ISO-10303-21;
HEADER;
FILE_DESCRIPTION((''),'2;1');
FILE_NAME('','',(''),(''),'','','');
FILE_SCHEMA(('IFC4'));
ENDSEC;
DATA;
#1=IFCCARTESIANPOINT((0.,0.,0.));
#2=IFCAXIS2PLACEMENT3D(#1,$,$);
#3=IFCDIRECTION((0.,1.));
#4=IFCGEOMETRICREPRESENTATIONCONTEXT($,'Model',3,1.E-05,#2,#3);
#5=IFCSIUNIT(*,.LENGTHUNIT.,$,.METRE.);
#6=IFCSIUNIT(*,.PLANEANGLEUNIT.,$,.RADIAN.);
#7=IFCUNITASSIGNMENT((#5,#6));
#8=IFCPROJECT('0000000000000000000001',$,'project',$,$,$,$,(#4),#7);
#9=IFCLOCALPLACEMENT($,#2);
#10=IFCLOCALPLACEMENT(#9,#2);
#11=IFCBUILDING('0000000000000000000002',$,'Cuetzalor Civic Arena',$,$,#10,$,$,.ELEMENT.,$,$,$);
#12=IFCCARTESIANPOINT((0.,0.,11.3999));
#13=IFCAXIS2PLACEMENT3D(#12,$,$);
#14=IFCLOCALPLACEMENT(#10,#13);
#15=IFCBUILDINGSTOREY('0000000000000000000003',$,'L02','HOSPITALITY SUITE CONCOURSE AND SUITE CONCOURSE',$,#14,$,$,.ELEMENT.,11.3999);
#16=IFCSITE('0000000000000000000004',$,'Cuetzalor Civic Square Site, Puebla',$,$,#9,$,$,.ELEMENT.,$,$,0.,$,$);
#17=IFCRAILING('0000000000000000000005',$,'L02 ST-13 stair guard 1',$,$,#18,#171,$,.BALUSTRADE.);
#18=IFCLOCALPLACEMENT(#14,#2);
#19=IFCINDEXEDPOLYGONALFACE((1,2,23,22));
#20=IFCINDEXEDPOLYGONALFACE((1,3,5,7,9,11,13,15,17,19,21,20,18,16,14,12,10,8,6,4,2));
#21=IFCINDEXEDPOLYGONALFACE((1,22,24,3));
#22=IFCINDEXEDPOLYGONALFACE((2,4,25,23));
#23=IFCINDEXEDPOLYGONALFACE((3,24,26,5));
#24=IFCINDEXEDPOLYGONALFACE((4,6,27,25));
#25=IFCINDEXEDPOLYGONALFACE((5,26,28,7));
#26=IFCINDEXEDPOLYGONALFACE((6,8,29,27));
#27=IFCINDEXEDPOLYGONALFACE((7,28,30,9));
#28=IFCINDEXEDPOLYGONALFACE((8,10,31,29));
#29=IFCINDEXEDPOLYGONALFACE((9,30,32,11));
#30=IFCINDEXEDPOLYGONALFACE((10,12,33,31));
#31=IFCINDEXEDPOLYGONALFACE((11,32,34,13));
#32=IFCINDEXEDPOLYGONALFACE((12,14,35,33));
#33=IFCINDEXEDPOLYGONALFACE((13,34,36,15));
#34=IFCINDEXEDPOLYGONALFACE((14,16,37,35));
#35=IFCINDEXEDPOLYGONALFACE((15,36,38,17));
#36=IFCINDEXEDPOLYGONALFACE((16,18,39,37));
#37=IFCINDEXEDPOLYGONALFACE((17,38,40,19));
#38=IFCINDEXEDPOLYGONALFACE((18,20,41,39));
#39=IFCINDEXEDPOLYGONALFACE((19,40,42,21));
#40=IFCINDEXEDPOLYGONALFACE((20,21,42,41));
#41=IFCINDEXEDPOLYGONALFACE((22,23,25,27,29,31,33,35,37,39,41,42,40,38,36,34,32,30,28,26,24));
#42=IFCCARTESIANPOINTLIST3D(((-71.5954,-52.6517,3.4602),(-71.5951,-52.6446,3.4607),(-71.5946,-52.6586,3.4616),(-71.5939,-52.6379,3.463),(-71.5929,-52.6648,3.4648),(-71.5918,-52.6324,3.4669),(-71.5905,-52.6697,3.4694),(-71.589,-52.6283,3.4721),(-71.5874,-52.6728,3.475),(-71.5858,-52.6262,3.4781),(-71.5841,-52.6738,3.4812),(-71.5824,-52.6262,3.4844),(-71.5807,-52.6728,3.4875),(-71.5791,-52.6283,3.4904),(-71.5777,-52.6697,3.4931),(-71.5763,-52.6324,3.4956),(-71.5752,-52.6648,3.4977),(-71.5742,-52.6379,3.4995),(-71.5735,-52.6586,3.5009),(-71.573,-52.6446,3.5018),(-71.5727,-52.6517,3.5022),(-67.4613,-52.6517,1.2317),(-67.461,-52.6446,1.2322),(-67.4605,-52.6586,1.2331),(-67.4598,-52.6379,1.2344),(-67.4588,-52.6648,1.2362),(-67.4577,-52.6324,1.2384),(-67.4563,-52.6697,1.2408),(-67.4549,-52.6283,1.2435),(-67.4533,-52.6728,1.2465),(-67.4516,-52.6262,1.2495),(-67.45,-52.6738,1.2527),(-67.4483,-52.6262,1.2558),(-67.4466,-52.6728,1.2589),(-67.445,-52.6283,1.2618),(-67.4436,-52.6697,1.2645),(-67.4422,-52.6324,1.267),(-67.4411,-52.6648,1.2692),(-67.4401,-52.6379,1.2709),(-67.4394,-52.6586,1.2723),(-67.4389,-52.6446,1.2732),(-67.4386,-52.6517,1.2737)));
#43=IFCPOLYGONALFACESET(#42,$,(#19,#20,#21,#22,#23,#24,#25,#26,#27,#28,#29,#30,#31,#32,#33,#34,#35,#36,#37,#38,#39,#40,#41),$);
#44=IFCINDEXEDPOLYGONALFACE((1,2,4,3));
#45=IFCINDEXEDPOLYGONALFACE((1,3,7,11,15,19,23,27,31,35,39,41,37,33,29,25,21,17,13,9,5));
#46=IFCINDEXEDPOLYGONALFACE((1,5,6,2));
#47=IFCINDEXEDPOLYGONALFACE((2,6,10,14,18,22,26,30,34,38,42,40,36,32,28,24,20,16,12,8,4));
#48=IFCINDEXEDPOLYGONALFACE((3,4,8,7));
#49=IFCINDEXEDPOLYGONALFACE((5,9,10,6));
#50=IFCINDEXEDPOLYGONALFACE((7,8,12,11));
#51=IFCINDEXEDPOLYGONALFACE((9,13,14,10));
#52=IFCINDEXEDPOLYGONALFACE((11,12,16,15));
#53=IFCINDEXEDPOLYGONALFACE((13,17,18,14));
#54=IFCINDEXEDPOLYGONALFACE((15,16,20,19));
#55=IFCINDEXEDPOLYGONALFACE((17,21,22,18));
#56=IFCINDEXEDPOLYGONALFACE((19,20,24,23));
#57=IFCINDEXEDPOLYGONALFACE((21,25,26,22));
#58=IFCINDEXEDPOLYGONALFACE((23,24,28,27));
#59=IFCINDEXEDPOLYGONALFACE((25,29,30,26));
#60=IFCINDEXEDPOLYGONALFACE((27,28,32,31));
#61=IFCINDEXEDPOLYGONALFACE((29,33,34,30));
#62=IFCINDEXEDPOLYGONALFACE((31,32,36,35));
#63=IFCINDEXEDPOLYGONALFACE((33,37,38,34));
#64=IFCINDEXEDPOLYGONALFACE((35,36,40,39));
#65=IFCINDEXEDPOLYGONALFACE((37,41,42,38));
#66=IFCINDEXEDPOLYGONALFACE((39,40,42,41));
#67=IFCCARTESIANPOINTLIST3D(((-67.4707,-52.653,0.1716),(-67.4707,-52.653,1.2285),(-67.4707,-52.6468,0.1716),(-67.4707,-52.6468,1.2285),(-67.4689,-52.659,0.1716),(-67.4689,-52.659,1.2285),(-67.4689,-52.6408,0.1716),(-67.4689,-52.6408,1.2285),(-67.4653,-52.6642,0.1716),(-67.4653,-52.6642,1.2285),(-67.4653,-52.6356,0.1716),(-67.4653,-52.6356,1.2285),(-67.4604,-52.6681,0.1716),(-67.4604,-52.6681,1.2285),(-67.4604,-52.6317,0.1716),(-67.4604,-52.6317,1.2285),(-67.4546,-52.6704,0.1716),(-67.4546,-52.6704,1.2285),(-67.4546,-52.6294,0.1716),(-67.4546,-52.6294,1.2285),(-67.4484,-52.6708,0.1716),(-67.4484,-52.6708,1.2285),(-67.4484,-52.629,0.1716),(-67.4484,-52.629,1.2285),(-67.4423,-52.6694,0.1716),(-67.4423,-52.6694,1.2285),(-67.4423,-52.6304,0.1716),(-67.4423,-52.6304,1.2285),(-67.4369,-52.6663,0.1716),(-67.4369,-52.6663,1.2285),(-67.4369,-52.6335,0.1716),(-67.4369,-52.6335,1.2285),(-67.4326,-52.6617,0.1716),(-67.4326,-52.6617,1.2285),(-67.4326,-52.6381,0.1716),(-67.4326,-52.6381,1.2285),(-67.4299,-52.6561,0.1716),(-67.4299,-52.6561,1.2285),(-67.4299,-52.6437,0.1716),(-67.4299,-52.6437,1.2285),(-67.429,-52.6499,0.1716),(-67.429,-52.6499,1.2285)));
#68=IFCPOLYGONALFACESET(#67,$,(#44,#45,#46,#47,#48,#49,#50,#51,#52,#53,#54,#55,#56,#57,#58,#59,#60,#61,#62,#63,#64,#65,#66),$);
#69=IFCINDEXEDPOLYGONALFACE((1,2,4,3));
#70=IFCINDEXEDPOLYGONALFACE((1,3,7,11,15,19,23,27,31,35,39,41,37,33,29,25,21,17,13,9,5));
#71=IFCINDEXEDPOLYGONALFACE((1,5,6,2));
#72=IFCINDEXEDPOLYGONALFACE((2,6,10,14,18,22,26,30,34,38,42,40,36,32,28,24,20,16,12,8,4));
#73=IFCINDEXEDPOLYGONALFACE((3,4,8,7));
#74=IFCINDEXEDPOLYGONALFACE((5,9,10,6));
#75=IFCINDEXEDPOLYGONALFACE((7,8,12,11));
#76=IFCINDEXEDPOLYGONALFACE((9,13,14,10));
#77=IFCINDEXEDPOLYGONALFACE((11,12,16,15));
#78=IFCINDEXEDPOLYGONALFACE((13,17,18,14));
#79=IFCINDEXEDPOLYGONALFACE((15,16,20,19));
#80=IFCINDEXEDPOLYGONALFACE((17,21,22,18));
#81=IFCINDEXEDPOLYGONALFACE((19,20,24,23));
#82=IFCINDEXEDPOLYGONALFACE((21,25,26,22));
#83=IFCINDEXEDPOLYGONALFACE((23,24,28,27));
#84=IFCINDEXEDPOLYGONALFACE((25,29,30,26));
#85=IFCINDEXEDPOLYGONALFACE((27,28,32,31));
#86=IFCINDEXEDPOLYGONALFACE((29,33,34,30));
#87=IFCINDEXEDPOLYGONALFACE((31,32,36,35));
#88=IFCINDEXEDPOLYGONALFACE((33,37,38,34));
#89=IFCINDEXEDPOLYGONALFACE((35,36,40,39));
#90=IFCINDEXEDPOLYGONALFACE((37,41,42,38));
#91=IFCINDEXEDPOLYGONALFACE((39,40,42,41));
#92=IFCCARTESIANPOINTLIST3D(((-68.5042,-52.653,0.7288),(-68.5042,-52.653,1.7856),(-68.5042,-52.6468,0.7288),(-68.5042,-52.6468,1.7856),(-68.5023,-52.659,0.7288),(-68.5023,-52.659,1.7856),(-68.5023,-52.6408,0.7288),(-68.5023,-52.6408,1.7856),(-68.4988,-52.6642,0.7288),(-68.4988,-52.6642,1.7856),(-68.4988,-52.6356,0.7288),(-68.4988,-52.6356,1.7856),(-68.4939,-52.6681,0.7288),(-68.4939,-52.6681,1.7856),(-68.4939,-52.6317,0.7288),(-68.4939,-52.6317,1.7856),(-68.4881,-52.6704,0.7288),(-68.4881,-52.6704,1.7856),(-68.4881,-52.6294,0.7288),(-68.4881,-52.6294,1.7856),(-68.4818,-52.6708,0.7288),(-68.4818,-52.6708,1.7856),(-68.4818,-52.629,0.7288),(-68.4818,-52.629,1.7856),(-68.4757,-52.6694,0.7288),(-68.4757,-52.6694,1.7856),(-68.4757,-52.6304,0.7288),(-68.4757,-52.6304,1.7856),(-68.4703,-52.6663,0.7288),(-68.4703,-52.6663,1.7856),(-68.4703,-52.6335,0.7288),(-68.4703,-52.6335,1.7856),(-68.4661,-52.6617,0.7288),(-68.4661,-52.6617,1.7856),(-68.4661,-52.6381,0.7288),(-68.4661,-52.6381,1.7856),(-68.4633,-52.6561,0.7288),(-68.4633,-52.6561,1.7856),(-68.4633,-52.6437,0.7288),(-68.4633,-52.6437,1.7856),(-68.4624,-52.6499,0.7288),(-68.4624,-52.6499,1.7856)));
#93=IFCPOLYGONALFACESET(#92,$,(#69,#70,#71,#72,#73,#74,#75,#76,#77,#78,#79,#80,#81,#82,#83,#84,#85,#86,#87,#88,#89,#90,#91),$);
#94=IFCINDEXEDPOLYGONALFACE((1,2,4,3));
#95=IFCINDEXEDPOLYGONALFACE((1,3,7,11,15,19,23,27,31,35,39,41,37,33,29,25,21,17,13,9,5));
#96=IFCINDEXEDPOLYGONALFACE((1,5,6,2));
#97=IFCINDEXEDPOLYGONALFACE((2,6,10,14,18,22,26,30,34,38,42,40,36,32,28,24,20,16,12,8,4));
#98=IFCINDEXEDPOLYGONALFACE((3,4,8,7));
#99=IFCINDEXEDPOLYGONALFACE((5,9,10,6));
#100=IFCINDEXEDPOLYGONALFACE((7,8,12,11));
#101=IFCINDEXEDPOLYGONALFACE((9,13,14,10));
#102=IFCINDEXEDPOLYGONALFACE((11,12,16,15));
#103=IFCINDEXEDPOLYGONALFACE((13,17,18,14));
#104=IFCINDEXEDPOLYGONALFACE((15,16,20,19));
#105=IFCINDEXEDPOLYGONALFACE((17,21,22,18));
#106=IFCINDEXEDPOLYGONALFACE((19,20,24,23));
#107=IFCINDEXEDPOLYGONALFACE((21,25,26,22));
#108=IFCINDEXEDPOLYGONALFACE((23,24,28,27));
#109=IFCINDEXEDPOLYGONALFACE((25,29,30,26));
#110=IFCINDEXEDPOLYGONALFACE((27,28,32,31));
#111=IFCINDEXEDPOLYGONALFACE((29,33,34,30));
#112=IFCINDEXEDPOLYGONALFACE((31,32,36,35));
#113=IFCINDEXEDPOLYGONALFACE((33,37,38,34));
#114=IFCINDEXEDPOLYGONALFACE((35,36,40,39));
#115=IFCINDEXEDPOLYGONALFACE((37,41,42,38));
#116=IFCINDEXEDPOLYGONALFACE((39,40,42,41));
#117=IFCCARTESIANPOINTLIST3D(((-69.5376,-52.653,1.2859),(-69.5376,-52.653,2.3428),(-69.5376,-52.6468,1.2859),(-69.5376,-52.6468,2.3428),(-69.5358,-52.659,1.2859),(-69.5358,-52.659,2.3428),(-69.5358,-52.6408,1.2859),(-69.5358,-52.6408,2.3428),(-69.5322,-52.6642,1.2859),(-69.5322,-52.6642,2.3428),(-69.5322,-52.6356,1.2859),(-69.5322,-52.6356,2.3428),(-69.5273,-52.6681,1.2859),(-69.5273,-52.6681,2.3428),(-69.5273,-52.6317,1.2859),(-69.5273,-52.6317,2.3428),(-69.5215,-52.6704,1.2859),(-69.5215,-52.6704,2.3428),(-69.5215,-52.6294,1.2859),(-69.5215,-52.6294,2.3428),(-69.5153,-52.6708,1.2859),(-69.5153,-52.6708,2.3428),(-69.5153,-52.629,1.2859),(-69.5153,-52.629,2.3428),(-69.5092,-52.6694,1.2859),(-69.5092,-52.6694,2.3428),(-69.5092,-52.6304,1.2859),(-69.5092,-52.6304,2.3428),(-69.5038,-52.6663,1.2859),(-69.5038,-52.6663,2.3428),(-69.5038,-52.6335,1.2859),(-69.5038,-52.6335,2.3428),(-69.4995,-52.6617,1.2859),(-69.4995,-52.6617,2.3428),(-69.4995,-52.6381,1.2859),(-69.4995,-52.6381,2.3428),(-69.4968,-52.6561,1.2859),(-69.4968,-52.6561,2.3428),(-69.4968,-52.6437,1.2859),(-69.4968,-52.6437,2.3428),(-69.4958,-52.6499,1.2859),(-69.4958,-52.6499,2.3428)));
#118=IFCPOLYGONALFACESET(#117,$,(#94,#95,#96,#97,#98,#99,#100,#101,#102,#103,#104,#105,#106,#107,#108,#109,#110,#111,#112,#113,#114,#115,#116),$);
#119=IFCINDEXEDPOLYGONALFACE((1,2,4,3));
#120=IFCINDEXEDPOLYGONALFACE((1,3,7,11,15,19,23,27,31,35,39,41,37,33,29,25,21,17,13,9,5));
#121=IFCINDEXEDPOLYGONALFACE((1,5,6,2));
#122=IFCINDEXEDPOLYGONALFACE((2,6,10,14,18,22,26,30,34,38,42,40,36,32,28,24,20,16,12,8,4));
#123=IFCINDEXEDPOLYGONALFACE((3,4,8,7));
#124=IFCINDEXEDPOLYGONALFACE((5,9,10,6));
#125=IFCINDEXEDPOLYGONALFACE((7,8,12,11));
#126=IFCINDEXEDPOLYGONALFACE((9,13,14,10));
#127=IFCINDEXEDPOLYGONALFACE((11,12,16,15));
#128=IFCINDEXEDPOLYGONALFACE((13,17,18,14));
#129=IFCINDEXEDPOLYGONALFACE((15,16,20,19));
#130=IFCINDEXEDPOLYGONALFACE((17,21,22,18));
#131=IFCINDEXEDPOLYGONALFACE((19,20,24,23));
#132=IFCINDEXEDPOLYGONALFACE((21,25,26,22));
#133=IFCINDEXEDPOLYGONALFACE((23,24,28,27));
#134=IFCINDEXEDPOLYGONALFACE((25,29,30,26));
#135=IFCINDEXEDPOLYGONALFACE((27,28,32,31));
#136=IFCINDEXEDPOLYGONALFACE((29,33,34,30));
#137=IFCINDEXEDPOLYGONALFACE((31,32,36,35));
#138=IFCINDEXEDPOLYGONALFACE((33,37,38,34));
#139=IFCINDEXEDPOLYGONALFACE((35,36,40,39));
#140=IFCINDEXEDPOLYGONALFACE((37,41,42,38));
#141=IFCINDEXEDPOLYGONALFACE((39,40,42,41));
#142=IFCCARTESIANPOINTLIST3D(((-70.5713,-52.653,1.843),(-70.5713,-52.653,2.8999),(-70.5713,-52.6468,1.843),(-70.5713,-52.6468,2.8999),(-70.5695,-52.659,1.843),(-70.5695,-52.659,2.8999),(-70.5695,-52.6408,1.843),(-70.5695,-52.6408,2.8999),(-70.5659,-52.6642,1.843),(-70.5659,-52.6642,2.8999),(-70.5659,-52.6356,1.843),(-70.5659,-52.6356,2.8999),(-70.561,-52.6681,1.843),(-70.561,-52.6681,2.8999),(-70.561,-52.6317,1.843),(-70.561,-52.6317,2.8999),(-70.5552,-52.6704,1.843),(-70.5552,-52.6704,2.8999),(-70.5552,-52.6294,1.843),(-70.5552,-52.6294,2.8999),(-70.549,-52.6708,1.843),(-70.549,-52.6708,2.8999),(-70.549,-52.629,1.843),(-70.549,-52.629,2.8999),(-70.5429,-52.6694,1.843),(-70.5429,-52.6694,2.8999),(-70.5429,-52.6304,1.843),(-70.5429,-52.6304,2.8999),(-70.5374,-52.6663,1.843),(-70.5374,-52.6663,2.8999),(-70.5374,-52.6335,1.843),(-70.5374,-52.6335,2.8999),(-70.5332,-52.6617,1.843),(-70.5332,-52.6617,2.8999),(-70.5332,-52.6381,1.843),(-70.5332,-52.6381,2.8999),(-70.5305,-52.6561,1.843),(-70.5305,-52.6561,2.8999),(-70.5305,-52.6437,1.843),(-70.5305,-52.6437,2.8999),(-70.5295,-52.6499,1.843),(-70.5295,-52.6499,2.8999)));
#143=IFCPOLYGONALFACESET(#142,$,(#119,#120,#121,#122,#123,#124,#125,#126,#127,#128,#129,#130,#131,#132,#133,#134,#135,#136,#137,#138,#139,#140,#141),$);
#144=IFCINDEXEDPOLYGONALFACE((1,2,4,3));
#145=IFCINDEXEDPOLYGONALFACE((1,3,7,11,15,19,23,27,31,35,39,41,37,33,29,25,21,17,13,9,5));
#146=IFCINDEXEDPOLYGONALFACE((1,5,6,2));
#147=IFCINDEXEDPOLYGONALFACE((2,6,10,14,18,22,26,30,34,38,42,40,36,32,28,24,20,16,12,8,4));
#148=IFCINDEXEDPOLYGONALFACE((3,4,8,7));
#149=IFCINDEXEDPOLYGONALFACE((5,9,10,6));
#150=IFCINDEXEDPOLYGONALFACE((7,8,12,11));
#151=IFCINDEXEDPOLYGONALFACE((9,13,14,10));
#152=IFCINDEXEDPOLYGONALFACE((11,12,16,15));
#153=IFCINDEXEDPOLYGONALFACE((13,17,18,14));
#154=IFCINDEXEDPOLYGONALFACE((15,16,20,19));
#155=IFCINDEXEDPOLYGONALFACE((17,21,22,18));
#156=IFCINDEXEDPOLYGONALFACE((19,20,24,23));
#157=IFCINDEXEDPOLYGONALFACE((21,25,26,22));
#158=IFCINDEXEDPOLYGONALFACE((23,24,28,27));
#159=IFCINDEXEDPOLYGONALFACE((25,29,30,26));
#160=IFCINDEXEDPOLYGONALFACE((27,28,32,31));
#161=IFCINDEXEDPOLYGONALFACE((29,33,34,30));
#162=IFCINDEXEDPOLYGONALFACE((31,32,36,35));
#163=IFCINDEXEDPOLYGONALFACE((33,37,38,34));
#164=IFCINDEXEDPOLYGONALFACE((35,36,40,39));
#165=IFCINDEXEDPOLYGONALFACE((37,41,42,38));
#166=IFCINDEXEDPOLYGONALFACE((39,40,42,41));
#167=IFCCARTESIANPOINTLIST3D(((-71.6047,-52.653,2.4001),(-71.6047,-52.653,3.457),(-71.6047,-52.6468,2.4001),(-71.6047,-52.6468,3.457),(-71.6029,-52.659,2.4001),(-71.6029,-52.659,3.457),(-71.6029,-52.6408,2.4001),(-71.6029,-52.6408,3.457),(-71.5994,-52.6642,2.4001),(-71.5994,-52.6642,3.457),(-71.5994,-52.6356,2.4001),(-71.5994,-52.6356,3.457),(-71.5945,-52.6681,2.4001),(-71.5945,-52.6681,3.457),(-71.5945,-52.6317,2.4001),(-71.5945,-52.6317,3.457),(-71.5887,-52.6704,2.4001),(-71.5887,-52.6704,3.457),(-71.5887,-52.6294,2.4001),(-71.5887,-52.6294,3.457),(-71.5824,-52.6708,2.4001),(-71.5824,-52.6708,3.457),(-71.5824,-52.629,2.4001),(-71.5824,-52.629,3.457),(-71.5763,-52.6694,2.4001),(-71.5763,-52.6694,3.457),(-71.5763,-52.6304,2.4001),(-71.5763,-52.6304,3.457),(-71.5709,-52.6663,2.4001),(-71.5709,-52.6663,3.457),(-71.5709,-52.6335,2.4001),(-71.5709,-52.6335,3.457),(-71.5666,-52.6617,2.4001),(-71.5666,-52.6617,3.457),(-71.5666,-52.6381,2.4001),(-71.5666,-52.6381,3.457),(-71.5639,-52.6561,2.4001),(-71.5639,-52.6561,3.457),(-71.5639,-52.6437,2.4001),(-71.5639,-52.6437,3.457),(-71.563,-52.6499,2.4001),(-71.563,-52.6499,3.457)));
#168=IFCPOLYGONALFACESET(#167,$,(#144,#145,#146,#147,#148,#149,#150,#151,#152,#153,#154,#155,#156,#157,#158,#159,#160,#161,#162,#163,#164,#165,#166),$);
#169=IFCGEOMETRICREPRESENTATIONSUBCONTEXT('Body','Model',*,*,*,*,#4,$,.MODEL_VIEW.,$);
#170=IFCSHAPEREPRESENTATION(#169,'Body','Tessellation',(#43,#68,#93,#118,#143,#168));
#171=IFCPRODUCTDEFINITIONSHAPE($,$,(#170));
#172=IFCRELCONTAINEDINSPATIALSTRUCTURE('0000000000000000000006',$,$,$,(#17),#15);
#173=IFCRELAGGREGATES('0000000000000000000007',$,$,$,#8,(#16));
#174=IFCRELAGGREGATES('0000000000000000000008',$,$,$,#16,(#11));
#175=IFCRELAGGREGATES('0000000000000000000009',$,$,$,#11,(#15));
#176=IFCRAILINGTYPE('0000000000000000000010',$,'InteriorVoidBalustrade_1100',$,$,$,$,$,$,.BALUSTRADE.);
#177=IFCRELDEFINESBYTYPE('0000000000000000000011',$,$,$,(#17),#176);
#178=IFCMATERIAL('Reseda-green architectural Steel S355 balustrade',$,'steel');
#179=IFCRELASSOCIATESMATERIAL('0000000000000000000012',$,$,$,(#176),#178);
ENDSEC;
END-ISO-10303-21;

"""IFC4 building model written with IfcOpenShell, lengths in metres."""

from ifc_helpers import new_model, si_unit, direction, frame, origin, origin_2d, place, context, subcontext, project, spatial, circle, extrude, material, type_object, element, save


model = new_model("IFC4")

# Units and contexts
model_context = context("Model", 3, precision=1e-05, world=origin(), true_north=direction((0.0, 1.0)))
body_context = subcontext(model_context, "Body", "Model", "MODEL_VIEW")
ifc_project = project(units=[si_unit("LENGTHUNIT", "METRE"), si_unit("PLANEANGLEUNIT", "RADIAN")], contexts=[model_context])

# Site, building, storey
site_placement = place(None, origin())
site = spatial("IfcSite", under=ifc_project, at=site_placement, Name="Cuetzalor Civic Square Site, Puebla", CompositionType="ELEMENT", RefElevation=0.0)
building_placement = place(site_placement, origin())
building = spatial("IfcBuilding", under=site, at=building_placement, Name="Cuetzalor Civic Arena", CompositionType="ELEMENT")
storey_placement = place(building_placement, frame((0.0, 0.0, 11.3999)))
storey = spatial("IfcBuildingStorey", under=building, at=storey_placement, Name="L02", Description="HOSPITALITY SUITE CONCOURSE AND SUITE CONCOURSE", CompositionType="ELEMENT", Elevation=11.3999)

# Railing
ifc_material_1 = material(Name="Reseda-green architectural Steel S355 balustrade", Category="steel")
railing_type_1 = type_object("IfcRailingType", Name="InteriorVoidBalustrade_1100", PredefinedType="BALUSTRADE", material=ifc_material_1)
railing_1_placement = place(storey_placement, frame((-67.45, -52.6499, 0.1716)))
element("IfcRailing", 1, at=railing_1_placement, inside=storey, type_object=railing_type_1, Name="L02 ST-13 stair guard 1", PredefinedType="BALUSTRADE", context=body_context, shape_type="SweptSolid", body=[
    extrude(circle(Radius=0.0239, at=origin_2d()), frame((0.0, 0.0, 1.0811), z_axis=(-0.880249, 0.0, 0.474512), x_axis=(0.0, -1.0, 0.0)), (0.0, 0.0, 1.0), 4.6965),
    extrude(circle(Radius=0.021, at=origin_2d()), origin(), (0.0, 0.0, 1.0), 1.0569),
    extrude(circle(Radius=0.021, at=origin_2d()), frame((-1.0334, 0.0, 0.5571)), (0.0, 0.0, 1.0), 1.0569),
    extrude(circle(Radius=0.021, at=origin_2d()), frame((-2.0669, 0.0, 1.1143)), (0.0, 0.0, 1.0), 1.0569),
    extrude(circle(Radius=0.021, at=origin_2d()), frame((-3.1006, 0.0, 1.6714)), (0.0, 0.0, 1.0), 1.0569),
    extrude(circle(Radius=0.021, at=origin_2d()), frame((-4.134, 0.0, 2.2285)), (0.0, 0.0, 1.0), 1.0569),
])

save(model, "model.ifc")
